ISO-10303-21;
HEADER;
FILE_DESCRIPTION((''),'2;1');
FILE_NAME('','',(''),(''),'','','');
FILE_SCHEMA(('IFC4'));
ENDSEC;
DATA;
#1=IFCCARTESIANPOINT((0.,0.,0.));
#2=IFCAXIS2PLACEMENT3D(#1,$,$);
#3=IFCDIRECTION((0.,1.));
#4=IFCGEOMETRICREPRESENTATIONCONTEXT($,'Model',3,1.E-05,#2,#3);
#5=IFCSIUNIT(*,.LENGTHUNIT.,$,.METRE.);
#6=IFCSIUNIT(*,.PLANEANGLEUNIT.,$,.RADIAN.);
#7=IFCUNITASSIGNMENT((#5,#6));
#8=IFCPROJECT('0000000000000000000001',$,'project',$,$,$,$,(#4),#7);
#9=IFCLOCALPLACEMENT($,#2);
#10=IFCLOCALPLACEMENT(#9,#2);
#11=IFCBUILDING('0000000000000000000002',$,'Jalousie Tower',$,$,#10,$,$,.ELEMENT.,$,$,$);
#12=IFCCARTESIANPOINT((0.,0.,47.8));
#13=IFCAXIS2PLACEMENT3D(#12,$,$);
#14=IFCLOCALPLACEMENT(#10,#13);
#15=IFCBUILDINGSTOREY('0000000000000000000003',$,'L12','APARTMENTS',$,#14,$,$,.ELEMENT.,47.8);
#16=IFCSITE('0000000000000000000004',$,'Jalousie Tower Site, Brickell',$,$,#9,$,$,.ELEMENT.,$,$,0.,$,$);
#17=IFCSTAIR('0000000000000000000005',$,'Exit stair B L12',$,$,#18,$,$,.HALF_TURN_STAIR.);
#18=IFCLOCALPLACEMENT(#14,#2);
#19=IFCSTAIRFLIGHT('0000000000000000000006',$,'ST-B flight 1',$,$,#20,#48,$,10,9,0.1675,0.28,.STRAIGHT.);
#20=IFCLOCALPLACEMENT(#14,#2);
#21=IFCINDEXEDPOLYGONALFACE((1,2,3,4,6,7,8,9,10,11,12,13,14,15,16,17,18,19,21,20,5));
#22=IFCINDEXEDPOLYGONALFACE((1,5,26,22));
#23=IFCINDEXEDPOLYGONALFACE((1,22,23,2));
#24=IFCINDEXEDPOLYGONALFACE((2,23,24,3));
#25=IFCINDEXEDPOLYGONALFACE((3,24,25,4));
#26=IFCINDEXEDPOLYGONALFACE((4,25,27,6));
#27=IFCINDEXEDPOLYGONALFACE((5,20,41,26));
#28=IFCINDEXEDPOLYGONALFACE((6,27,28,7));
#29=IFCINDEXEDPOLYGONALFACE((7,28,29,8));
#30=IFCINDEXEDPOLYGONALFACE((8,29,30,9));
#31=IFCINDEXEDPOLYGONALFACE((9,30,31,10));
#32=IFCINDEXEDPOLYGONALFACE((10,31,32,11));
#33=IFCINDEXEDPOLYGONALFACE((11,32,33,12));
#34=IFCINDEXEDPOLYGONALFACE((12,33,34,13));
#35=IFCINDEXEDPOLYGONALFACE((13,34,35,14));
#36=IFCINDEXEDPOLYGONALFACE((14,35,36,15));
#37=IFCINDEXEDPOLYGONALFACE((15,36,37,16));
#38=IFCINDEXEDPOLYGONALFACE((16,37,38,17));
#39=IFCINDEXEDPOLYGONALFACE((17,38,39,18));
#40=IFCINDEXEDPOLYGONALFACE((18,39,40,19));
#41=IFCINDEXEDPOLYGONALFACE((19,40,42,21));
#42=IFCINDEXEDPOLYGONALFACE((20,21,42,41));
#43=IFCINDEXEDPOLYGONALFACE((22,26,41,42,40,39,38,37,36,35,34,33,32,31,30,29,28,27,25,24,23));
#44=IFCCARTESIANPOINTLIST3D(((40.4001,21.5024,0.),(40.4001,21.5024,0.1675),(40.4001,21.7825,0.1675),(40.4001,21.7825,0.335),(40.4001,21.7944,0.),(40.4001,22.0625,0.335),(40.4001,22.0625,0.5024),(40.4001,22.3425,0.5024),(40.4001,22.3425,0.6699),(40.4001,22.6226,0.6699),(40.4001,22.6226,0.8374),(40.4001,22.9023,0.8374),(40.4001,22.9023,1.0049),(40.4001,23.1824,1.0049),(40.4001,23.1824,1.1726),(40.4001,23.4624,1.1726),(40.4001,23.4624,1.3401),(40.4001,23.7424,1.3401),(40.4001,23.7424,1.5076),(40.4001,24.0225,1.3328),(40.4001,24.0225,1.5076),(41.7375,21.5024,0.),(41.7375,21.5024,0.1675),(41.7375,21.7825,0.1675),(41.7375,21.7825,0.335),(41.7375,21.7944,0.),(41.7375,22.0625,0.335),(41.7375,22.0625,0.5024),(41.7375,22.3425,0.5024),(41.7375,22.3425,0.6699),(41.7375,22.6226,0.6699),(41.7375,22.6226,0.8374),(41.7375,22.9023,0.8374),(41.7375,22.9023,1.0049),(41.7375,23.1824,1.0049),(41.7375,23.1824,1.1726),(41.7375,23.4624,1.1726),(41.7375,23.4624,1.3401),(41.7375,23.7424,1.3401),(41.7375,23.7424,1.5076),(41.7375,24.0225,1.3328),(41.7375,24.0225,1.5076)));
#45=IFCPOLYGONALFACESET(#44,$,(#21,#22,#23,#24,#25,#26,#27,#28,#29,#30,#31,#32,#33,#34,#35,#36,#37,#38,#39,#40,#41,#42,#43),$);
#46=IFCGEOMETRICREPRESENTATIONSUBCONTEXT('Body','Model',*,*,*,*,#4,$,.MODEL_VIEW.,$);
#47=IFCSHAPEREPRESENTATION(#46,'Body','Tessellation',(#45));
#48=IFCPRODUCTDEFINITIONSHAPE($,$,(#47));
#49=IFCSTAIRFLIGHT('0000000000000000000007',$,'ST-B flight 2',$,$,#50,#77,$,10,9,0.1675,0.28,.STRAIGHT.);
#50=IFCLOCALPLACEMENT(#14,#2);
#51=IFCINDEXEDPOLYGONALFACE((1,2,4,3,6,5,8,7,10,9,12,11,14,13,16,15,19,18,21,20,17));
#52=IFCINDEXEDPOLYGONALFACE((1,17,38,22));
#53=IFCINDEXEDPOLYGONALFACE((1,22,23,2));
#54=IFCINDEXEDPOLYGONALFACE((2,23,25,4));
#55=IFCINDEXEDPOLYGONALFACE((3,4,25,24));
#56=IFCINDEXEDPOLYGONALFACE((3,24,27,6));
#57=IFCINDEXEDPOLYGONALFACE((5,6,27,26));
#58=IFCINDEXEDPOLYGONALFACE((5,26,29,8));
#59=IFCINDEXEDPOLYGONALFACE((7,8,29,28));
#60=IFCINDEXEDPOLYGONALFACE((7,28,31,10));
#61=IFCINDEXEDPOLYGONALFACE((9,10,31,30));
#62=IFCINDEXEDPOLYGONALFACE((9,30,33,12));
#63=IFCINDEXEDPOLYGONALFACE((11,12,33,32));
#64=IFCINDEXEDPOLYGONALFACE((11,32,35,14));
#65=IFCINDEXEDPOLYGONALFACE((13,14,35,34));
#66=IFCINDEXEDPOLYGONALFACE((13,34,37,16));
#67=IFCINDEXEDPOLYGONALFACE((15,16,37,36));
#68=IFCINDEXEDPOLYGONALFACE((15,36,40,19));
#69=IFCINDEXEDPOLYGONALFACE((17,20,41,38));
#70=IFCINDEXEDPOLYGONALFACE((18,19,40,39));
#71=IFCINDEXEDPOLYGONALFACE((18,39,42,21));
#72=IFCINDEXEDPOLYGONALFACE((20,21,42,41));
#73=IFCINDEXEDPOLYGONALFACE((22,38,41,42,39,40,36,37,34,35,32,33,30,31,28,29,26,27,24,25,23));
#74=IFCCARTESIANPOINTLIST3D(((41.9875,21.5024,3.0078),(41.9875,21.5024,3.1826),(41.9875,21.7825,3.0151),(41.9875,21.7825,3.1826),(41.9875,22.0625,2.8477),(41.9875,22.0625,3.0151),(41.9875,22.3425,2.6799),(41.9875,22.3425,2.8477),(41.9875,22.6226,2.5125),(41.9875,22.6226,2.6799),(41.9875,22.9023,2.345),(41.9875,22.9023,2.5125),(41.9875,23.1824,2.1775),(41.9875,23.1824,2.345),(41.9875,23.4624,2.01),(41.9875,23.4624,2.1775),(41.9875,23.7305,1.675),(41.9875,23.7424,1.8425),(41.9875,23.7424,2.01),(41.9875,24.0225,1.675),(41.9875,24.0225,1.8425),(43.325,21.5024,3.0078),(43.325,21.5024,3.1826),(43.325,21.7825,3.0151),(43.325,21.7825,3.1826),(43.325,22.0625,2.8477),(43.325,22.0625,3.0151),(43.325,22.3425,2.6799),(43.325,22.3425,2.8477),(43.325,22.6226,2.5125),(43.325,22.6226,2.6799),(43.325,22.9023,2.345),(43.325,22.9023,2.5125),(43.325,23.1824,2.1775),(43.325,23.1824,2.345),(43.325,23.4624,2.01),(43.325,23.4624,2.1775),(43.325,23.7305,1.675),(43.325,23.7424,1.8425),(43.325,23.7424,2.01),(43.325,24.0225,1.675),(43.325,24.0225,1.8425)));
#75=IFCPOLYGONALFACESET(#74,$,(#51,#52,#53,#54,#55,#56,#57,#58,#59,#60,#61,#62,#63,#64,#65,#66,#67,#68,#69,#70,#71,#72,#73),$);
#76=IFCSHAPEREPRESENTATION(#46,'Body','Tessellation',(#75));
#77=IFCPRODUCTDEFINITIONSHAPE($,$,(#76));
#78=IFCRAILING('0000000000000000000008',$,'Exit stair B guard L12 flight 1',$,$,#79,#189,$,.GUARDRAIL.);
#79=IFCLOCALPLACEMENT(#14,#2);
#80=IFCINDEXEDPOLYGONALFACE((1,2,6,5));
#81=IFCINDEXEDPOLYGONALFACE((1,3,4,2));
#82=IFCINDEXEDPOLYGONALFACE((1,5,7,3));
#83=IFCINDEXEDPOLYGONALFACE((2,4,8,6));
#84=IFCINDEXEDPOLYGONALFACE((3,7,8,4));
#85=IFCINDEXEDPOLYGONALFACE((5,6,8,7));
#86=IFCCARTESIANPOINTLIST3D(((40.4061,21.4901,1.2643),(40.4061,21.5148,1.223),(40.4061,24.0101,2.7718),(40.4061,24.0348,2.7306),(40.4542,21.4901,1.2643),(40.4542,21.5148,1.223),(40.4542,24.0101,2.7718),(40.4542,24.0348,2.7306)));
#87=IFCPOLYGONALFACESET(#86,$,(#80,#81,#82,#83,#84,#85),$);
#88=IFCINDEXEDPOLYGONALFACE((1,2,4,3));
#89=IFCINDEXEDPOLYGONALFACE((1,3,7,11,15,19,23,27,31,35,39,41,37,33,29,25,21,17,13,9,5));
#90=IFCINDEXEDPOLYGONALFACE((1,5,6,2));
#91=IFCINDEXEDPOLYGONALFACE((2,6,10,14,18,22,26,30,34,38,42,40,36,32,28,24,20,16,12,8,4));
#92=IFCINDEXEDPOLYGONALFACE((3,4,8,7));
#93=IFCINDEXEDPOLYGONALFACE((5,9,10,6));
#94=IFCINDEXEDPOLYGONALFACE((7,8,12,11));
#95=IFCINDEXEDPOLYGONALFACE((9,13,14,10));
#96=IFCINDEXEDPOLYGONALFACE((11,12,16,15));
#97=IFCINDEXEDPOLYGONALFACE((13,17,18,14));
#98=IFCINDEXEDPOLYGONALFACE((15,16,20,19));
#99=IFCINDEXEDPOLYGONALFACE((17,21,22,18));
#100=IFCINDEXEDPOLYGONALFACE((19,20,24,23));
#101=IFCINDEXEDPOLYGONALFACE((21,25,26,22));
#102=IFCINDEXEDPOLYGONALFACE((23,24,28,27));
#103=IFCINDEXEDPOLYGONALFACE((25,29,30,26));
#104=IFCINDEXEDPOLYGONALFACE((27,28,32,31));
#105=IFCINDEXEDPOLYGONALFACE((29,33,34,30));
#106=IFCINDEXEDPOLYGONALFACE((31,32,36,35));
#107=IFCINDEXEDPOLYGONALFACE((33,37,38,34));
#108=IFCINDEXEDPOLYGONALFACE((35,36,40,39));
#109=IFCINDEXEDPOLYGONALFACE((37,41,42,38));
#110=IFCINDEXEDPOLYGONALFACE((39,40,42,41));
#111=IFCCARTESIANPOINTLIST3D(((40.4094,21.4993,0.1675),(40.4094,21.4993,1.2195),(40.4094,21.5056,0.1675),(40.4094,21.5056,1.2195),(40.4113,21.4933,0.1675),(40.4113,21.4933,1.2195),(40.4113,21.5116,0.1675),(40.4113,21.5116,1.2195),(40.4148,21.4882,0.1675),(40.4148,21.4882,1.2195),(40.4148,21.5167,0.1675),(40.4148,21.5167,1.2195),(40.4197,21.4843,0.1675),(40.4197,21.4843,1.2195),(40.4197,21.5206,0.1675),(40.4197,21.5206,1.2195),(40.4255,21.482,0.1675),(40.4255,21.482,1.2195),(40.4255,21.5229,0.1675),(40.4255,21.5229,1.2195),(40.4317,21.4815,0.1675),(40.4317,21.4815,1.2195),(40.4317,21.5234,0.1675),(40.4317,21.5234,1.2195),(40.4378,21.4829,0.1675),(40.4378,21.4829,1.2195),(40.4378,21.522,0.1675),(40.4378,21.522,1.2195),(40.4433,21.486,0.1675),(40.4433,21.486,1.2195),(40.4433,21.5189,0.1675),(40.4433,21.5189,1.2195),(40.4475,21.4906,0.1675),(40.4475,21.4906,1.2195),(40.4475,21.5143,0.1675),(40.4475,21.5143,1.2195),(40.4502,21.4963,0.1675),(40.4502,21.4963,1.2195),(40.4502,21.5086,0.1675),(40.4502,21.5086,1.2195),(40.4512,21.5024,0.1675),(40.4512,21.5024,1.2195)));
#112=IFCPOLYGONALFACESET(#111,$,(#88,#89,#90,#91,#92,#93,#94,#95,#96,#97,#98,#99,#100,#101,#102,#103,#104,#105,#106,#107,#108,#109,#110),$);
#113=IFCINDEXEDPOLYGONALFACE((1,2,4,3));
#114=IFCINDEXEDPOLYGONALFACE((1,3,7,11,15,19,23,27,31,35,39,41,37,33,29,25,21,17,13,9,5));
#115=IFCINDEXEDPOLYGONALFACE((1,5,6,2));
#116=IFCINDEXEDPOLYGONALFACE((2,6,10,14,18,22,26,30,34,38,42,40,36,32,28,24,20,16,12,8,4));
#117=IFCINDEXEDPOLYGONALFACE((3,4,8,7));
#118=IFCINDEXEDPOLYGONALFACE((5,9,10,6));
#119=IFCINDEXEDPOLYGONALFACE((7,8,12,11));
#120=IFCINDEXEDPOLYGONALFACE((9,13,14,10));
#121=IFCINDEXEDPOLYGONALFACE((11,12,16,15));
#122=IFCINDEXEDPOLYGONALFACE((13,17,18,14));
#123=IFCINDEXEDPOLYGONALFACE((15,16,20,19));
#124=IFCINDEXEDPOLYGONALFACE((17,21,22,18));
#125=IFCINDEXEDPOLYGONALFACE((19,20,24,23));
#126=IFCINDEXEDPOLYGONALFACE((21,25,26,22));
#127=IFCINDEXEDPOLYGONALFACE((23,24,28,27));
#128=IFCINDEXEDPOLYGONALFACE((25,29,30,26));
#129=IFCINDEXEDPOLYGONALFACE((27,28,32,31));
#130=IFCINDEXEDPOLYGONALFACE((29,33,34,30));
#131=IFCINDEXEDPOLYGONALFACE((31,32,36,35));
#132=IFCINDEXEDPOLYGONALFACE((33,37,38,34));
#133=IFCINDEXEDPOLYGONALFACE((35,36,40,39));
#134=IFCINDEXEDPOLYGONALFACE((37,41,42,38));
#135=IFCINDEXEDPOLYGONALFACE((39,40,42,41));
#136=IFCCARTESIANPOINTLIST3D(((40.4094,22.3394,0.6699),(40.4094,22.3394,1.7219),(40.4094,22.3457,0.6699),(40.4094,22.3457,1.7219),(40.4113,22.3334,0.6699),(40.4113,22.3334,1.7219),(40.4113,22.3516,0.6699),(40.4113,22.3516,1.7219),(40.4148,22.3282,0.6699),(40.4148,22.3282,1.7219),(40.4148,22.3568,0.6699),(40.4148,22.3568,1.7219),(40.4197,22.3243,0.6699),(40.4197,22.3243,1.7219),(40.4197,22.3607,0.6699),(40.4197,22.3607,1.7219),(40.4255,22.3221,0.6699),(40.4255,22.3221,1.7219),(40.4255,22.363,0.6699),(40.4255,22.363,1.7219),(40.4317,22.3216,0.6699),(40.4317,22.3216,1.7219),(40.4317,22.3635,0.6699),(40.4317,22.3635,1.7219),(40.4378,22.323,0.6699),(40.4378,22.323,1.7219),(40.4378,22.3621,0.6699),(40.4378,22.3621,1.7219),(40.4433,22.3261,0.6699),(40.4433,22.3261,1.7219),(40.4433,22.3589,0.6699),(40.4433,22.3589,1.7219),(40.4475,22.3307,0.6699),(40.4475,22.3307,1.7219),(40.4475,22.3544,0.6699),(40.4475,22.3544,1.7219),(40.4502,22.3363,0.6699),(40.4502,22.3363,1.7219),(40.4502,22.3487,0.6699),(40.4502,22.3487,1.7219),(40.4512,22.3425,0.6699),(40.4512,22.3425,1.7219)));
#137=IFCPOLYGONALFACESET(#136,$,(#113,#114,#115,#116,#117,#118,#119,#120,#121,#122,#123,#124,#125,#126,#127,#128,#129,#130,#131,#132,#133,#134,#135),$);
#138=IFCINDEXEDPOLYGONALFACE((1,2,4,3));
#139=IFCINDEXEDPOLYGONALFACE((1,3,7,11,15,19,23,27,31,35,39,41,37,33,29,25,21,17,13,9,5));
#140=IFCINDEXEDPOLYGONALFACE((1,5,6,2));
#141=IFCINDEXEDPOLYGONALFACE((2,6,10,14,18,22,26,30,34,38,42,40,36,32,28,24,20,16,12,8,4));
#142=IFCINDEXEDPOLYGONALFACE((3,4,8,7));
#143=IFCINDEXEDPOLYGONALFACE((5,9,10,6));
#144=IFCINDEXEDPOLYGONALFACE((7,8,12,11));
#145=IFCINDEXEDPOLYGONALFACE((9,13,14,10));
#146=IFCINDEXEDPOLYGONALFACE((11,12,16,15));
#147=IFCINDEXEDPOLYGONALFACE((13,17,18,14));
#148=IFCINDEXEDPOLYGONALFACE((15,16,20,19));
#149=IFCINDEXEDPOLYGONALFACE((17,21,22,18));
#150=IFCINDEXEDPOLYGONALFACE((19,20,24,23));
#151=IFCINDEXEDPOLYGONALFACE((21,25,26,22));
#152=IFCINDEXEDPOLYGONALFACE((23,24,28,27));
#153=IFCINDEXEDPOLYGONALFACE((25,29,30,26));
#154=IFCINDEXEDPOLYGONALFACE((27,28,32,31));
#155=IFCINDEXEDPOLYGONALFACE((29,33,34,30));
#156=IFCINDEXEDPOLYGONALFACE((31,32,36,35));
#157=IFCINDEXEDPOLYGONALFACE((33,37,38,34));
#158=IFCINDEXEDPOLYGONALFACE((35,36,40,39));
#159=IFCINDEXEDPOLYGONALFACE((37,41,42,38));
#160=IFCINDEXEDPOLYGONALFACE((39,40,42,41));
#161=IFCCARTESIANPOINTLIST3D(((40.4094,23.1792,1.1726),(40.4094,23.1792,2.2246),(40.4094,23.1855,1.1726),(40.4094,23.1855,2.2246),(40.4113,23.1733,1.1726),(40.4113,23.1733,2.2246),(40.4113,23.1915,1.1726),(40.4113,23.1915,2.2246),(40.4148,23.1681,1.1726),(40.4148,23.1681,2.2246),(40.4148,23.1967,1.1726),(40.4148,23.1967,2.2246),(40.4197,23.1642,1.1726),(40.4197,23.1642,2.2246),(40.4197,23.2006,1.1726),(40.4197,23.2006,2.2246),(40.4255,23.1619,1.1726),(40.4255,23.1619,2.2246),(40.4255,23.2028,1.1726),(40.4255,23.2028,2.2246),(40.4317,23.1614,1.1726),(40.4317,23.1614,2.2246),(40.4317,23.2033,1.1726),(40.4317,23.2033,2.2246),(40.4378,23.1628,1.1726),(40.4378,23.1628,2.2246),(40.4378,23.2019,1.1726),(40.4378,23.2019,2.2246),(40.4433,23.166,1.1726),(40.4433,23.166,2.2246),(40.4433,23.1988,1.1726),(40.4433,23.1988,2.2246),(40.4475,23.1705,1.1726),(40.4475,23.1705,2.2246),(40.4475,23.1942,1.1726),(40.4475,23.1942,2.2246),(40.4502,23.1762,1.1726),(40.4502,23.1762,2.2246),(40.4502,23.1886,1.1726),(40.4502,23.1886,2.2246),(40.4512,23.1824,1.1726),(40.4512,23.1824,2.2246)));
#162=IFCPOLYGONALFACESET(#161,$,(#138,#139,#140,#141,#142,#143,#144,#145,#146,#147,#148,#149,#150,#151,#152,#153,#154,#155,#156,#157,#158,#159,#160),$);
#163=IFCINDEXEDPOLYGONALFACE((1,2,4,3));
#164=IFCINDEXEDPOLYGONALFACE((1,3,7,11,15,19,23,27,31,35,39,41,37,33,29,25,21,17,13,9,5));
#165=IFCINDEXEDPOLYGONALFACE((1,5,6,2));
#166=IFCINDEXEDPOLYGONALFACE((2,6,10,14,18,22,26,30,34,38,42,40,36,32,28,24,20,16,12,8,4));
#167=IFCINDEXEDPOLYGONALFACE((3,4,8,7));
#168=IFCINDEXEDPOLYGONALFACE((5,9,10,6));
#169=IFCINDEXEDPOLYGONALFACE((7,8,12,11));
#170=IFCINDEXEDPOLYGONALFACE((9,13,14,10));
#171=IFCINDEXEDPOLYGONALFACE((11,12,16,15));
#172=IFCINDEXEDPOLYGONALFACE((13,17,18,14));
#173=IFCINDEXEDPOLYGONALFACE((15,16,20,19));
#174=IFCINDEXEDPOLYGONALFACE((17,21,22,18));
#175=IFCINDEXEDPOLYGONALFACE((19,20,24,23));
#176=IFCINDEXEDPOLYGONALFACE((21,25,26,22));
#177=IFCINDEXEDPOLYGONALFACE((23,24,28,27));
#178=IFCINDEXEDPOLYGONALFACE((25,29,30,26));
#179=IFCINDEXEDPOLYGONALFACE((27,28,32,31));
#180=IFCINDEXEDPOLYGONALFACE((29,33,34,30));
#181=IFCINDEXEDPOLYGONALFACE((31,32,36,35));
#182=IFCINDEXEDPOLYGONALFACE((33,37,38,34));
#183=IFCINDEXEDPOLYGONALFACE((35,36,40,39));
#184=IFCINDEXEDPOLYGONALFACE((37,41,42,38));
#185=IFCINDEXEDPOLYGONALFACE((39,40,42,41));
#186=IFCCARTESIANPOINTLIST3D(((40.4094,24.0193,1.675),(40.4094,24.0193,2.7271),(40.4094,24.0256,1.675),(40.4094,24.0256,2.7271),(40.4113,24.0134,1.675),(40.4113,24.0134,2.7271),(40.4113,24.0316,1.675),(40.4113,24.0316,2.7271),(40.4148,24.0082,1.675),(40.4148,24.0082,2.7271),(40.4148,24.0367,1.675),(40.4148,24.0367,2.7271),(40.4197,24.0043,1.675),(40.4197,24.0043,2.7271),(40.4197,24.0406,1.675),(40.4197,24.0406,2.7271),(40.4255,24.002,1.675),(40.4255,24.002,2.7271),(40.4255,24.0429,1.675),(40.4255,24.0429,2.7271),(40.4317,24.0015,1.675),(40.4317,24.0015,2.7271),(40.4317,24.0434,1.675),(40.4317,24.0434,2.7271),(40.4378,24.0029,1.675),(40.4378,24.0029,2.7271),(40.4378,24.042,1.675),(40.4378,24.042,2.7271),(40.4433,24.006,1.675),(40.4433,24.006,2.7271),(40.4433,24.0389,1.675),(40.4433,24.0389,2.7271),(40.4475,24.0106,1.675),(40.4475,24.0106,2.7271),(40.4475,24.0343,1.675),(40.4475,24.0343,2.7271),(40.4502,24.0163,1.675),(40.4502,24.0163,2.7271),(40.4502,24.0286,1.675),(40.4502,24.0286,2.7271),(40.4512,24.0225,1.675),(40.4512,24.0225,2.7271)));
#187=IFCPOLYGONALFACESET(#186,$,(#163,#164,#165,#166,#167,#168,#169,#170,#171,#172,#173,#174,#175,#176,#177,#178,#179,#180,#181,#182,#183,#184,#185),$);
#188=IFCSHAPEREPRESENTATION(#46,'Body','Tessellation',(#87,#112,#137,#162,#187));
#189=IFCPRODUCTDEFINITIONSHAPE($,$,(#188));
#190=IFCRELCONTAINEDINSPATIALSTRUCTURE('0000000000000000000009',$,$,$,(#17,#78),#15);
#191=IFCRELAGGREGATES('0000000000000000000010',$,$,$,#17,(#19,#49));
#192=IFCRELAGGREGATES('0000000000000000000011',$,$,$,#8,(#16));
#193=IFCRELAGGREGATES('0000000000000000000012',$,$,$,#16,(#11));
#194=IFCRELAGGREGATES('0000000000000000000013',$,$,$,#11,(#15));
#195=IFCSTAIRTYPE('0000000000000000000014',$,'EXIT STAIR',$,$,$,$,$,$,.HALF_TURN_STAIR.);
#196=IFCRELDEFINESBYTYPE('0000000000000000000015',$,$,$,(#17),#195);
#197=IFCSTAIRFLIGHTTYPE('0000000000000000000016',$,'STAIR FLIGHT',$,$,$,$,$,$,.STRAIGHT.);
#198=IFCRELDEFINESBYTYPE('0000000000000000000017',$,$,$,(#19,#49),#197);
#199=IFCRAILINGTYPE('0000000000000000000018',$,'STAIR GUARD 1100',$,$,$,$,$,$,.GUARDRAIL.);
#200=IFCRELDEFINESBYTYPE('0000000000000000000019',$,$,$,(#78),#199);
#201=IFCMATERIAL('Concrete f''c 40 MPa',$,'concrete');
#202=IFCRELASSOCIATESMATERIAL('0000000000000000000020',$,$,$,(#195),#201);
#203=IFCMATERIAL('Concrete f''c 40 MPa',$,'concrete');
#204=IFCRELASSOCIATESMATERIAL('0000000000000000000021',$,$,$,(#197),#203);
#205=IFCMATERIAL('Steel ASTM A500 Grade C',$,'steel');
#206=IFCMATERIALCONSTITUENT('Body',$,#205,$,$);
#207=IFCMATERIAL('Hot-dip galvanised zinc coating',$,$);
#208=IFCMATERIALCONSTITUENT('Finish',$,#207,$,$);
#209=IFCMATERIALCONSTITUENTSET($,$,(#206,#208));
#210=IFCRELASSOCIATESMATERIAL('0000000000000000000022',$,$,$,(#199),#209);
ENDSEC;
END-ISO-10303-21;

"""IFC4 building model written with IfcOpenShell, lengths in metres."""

from ifc_helpers import new_model, si_unit, direction, frame, origin, origin_2d, place, context, subcontext, project, spatial, polyline, rectangle, circle, outline, extrude, material, constituent, constituent_set, type_object, element, aggregate, save


model = new_model("IFC4")

# Units and contexts
model_context = context("Model", 3, precision=1e-05, world=origin(), true_north=direction((0.0, 1.0)))
body_context = subcontext(model_context, "Body", "Model", "MODEL_VIEW")
ifc_project = project(units=[si_unit("LENGTHUNIT", "METRE"), si_unit("PLANEANGLEUNIT", "RADIAN")], contexts=[model_context])

# Site, building, storey
site_placement = place(None, origin())
site = spatial("IfcSite", under=ifc_project, at=site_placement, Name="Jalousie Tower Site, Brickell", CompositionType="ELEMENT", RefElevation=0.0)
building_placement = place(site_placement, origin())
building = spatial("IfcBuilding", under=site, at=building_placement, Name="Jalousie Tower", CompositionType="ELEMENT")
storey_placement = place(building_placement, frame((0.0, 0.0, 47.8)))
storey = spatial("IfcBuildingStorey", under=building, at=storey_placement, Name="L12", Description="APARTMENTS", CompositionType="ELEMENT", Elevation=47.8)

# Stair, stair flights
ifc_material_1 = material(Name="Concrete f'c 40 MPa", Category="concrete")
stair_type = type_object("IfcStairType", Name="EXIT STAIR", PredefinedType="HALF_TURN_STAIR", material=ifc_material_1)
stair_placement = place(storey_placement, origin())
stair = element("IfcStair", 1, at=stair_placement, inside=storey, type_object=stair_type, Name="Exit stair B L12", PredefinedType="HALF_TURN_STAIR")
ifc_material_2 = material(Name="Concrete f'c 40 MPa", Category="concrete")
stair_flight_type = type_object("IfcStairFlightType", Name="STAIR FLIGHT", PredefinedType="STRAIGHT", material=ifc_material_2)
stair_flight_1_placement = place(storey_placement, frame((41.0688, 21.5024, 0.0), z_axis=(0.0, 0.0, 1.0), x_axis=(0.0, 1.0, 0.0)))
stair_flight_1 = element("IfcStairFlight", 2, at=stair_flight_1_placement, type_object=stair_flight_type, Name="ST-B flight 1", NumberOfRisers=10, NumberOfTreads=9, PredefinedType="STRAIGHT", RiserHeight=0.1675, TreadLength=0.28, context=body_context, shape_type="SweptSolid", body=[
    extrude(outline(polyline([(0.0, 0.0), (0.0, 0.1675), (0.28, 0.1675), (0.28, 0.335), (0.5601, 0.335), (0.5601, 0.5024), (0.8401, 0.5024), (0.8401, 0.6699), (1.1201, 0.6699), (1.1201, 0.8374), (1.3999, 0.8374), (1.3999, 1.0049), (1.6799, 1.0049), (1.6799, 1.1726), (1.96, 1.1726), (1.96, 1.3401), (2.24, 1.3401), (2.24, 1.5076), (2.52, 1.5076), (2.52, 1.675), (2.52, 1.3328), (0.292, 0.0), (0.0, 0.0)])), frame((0.0, 0.6687, 0.0), z_axis=(0.0, -1.0, 0.0), x_axis=(1.0, 0.0, 0.0)), (0.0, 0.0, 1.0), 1.3374),
])
stair_flight_2_placement = place(storey_placement, frame((42.6562, 24.0225, 1.675), z_axis=(0.0, 0.0, 1.0), x_axis=(0.0, -1.0, 0.0)))
stair_flight_2 = element("IfcStairFlight", 3, at=stair_flight_2_placement, type_object=stair_flight_type, Name="ST-B flight 2", NumberOfRisers=10, NumberOfTreads=9, PredefinedType="STRAIGHT", RiserHeight=0.1675, TreadLength=0.28, context=body_context, shape_type="SweptSolid", body=[
    extrude(outline(polyline([(0.0, 0.0), (0.0, 0.1675), (0.28, 0.1675), (0.28, 0.335), (0.5601, 0.335), (0.5601, 0.5024), (0.8401, 0.5024), (0.8401, 0.6699), (1.1201, 0.6699), (1.1201, 0.8374), (1.3999, 0.8374), (1.3999, 1.0049), (1.6799, 1.0049), (1.6799, 1.1726), (1.96, 1.1726), (1.96, 1.3401), (2.24, 1.3401), (2.24, 1.5076), (2.52, 1.5076), (2.52, 1.675), (2.52, 1.3328), (0.292, 0.0), (0.0, 0.0)])), frame((0.0, 0.6687, 0.0), z_axis=(0.0, -1.0, 0.0), x_axis=(1.0, 0.0, 0.0)), (0.0, 0.0, 1.0), 1.3374),
])
aggregate(stair, [stair_flight_1, stair_flight_2])

# Railing
ifc_material_3 = material(Name="Steel ASTM A500 Grade C", Category="steel")
ifc_constituent_1 = constituent(ifc_material_3, Name="Body")
ifc_material_4 = material(Name="Hot-dip galvanised zinc coating")
ifc_constituent_2 = constituent(ifc_material_4, Name="Finish")
ifc_constituent_set_1 = constituent_set(constituents=[ifc_constituent_1, ifc_constituent_2])
railing_type_1 = type_object("IfcRailingType", Name="STAIR GUARD 1100", PredefinedType="GUARDRAIL", material=ifc_constituent_set_1)
railing_1_placement = place(storey_placement, frame((40.4302, 21.5024, 0.1675)))
element("IfcRailing", 4, at=railing_1_placement, inside=storey, type_object=railing_type_1, Name="Exit stair B guard L12 flight 1", PredefinedType="GUARDRAIL", context=body_context, shape_type="SweptSolid", body=[
    extrude(rectangle(XDim=0.0481, YDim=0.0481, at=origin_2d()), frame((0.0, 0.0, 1.0762), z_axis=(0.0, 0.85816, 0.513383), x_axis=(-1.0, 0.0, 0.0)), (0.0, 0.0, 1.0), 2.9365),
    extrude(circle(Radius=0.021, at=origin_2d()), origin(), (0.0, 0.0, 1.0), 1.052),
    extrude(circle(Radius=0.021, at=origin_2d()), frame((0.0, 0.8401, 0.5024)), (0.0, 0.0, 1.0), 1.052),
    extrude(circle(Radius=0.021, at=origin_2d()), frame((0.0, 1.6799, 1.0051)), (0.0, 0.0, 1.0), 1.052),
    extrude(circle(Radius=0.021, at=origin_2d()), frame((0.0, 2.52, 1.5076)), (0.0, 0.0, 1.0), 1.052),
])

save(model, "model.ifc")
